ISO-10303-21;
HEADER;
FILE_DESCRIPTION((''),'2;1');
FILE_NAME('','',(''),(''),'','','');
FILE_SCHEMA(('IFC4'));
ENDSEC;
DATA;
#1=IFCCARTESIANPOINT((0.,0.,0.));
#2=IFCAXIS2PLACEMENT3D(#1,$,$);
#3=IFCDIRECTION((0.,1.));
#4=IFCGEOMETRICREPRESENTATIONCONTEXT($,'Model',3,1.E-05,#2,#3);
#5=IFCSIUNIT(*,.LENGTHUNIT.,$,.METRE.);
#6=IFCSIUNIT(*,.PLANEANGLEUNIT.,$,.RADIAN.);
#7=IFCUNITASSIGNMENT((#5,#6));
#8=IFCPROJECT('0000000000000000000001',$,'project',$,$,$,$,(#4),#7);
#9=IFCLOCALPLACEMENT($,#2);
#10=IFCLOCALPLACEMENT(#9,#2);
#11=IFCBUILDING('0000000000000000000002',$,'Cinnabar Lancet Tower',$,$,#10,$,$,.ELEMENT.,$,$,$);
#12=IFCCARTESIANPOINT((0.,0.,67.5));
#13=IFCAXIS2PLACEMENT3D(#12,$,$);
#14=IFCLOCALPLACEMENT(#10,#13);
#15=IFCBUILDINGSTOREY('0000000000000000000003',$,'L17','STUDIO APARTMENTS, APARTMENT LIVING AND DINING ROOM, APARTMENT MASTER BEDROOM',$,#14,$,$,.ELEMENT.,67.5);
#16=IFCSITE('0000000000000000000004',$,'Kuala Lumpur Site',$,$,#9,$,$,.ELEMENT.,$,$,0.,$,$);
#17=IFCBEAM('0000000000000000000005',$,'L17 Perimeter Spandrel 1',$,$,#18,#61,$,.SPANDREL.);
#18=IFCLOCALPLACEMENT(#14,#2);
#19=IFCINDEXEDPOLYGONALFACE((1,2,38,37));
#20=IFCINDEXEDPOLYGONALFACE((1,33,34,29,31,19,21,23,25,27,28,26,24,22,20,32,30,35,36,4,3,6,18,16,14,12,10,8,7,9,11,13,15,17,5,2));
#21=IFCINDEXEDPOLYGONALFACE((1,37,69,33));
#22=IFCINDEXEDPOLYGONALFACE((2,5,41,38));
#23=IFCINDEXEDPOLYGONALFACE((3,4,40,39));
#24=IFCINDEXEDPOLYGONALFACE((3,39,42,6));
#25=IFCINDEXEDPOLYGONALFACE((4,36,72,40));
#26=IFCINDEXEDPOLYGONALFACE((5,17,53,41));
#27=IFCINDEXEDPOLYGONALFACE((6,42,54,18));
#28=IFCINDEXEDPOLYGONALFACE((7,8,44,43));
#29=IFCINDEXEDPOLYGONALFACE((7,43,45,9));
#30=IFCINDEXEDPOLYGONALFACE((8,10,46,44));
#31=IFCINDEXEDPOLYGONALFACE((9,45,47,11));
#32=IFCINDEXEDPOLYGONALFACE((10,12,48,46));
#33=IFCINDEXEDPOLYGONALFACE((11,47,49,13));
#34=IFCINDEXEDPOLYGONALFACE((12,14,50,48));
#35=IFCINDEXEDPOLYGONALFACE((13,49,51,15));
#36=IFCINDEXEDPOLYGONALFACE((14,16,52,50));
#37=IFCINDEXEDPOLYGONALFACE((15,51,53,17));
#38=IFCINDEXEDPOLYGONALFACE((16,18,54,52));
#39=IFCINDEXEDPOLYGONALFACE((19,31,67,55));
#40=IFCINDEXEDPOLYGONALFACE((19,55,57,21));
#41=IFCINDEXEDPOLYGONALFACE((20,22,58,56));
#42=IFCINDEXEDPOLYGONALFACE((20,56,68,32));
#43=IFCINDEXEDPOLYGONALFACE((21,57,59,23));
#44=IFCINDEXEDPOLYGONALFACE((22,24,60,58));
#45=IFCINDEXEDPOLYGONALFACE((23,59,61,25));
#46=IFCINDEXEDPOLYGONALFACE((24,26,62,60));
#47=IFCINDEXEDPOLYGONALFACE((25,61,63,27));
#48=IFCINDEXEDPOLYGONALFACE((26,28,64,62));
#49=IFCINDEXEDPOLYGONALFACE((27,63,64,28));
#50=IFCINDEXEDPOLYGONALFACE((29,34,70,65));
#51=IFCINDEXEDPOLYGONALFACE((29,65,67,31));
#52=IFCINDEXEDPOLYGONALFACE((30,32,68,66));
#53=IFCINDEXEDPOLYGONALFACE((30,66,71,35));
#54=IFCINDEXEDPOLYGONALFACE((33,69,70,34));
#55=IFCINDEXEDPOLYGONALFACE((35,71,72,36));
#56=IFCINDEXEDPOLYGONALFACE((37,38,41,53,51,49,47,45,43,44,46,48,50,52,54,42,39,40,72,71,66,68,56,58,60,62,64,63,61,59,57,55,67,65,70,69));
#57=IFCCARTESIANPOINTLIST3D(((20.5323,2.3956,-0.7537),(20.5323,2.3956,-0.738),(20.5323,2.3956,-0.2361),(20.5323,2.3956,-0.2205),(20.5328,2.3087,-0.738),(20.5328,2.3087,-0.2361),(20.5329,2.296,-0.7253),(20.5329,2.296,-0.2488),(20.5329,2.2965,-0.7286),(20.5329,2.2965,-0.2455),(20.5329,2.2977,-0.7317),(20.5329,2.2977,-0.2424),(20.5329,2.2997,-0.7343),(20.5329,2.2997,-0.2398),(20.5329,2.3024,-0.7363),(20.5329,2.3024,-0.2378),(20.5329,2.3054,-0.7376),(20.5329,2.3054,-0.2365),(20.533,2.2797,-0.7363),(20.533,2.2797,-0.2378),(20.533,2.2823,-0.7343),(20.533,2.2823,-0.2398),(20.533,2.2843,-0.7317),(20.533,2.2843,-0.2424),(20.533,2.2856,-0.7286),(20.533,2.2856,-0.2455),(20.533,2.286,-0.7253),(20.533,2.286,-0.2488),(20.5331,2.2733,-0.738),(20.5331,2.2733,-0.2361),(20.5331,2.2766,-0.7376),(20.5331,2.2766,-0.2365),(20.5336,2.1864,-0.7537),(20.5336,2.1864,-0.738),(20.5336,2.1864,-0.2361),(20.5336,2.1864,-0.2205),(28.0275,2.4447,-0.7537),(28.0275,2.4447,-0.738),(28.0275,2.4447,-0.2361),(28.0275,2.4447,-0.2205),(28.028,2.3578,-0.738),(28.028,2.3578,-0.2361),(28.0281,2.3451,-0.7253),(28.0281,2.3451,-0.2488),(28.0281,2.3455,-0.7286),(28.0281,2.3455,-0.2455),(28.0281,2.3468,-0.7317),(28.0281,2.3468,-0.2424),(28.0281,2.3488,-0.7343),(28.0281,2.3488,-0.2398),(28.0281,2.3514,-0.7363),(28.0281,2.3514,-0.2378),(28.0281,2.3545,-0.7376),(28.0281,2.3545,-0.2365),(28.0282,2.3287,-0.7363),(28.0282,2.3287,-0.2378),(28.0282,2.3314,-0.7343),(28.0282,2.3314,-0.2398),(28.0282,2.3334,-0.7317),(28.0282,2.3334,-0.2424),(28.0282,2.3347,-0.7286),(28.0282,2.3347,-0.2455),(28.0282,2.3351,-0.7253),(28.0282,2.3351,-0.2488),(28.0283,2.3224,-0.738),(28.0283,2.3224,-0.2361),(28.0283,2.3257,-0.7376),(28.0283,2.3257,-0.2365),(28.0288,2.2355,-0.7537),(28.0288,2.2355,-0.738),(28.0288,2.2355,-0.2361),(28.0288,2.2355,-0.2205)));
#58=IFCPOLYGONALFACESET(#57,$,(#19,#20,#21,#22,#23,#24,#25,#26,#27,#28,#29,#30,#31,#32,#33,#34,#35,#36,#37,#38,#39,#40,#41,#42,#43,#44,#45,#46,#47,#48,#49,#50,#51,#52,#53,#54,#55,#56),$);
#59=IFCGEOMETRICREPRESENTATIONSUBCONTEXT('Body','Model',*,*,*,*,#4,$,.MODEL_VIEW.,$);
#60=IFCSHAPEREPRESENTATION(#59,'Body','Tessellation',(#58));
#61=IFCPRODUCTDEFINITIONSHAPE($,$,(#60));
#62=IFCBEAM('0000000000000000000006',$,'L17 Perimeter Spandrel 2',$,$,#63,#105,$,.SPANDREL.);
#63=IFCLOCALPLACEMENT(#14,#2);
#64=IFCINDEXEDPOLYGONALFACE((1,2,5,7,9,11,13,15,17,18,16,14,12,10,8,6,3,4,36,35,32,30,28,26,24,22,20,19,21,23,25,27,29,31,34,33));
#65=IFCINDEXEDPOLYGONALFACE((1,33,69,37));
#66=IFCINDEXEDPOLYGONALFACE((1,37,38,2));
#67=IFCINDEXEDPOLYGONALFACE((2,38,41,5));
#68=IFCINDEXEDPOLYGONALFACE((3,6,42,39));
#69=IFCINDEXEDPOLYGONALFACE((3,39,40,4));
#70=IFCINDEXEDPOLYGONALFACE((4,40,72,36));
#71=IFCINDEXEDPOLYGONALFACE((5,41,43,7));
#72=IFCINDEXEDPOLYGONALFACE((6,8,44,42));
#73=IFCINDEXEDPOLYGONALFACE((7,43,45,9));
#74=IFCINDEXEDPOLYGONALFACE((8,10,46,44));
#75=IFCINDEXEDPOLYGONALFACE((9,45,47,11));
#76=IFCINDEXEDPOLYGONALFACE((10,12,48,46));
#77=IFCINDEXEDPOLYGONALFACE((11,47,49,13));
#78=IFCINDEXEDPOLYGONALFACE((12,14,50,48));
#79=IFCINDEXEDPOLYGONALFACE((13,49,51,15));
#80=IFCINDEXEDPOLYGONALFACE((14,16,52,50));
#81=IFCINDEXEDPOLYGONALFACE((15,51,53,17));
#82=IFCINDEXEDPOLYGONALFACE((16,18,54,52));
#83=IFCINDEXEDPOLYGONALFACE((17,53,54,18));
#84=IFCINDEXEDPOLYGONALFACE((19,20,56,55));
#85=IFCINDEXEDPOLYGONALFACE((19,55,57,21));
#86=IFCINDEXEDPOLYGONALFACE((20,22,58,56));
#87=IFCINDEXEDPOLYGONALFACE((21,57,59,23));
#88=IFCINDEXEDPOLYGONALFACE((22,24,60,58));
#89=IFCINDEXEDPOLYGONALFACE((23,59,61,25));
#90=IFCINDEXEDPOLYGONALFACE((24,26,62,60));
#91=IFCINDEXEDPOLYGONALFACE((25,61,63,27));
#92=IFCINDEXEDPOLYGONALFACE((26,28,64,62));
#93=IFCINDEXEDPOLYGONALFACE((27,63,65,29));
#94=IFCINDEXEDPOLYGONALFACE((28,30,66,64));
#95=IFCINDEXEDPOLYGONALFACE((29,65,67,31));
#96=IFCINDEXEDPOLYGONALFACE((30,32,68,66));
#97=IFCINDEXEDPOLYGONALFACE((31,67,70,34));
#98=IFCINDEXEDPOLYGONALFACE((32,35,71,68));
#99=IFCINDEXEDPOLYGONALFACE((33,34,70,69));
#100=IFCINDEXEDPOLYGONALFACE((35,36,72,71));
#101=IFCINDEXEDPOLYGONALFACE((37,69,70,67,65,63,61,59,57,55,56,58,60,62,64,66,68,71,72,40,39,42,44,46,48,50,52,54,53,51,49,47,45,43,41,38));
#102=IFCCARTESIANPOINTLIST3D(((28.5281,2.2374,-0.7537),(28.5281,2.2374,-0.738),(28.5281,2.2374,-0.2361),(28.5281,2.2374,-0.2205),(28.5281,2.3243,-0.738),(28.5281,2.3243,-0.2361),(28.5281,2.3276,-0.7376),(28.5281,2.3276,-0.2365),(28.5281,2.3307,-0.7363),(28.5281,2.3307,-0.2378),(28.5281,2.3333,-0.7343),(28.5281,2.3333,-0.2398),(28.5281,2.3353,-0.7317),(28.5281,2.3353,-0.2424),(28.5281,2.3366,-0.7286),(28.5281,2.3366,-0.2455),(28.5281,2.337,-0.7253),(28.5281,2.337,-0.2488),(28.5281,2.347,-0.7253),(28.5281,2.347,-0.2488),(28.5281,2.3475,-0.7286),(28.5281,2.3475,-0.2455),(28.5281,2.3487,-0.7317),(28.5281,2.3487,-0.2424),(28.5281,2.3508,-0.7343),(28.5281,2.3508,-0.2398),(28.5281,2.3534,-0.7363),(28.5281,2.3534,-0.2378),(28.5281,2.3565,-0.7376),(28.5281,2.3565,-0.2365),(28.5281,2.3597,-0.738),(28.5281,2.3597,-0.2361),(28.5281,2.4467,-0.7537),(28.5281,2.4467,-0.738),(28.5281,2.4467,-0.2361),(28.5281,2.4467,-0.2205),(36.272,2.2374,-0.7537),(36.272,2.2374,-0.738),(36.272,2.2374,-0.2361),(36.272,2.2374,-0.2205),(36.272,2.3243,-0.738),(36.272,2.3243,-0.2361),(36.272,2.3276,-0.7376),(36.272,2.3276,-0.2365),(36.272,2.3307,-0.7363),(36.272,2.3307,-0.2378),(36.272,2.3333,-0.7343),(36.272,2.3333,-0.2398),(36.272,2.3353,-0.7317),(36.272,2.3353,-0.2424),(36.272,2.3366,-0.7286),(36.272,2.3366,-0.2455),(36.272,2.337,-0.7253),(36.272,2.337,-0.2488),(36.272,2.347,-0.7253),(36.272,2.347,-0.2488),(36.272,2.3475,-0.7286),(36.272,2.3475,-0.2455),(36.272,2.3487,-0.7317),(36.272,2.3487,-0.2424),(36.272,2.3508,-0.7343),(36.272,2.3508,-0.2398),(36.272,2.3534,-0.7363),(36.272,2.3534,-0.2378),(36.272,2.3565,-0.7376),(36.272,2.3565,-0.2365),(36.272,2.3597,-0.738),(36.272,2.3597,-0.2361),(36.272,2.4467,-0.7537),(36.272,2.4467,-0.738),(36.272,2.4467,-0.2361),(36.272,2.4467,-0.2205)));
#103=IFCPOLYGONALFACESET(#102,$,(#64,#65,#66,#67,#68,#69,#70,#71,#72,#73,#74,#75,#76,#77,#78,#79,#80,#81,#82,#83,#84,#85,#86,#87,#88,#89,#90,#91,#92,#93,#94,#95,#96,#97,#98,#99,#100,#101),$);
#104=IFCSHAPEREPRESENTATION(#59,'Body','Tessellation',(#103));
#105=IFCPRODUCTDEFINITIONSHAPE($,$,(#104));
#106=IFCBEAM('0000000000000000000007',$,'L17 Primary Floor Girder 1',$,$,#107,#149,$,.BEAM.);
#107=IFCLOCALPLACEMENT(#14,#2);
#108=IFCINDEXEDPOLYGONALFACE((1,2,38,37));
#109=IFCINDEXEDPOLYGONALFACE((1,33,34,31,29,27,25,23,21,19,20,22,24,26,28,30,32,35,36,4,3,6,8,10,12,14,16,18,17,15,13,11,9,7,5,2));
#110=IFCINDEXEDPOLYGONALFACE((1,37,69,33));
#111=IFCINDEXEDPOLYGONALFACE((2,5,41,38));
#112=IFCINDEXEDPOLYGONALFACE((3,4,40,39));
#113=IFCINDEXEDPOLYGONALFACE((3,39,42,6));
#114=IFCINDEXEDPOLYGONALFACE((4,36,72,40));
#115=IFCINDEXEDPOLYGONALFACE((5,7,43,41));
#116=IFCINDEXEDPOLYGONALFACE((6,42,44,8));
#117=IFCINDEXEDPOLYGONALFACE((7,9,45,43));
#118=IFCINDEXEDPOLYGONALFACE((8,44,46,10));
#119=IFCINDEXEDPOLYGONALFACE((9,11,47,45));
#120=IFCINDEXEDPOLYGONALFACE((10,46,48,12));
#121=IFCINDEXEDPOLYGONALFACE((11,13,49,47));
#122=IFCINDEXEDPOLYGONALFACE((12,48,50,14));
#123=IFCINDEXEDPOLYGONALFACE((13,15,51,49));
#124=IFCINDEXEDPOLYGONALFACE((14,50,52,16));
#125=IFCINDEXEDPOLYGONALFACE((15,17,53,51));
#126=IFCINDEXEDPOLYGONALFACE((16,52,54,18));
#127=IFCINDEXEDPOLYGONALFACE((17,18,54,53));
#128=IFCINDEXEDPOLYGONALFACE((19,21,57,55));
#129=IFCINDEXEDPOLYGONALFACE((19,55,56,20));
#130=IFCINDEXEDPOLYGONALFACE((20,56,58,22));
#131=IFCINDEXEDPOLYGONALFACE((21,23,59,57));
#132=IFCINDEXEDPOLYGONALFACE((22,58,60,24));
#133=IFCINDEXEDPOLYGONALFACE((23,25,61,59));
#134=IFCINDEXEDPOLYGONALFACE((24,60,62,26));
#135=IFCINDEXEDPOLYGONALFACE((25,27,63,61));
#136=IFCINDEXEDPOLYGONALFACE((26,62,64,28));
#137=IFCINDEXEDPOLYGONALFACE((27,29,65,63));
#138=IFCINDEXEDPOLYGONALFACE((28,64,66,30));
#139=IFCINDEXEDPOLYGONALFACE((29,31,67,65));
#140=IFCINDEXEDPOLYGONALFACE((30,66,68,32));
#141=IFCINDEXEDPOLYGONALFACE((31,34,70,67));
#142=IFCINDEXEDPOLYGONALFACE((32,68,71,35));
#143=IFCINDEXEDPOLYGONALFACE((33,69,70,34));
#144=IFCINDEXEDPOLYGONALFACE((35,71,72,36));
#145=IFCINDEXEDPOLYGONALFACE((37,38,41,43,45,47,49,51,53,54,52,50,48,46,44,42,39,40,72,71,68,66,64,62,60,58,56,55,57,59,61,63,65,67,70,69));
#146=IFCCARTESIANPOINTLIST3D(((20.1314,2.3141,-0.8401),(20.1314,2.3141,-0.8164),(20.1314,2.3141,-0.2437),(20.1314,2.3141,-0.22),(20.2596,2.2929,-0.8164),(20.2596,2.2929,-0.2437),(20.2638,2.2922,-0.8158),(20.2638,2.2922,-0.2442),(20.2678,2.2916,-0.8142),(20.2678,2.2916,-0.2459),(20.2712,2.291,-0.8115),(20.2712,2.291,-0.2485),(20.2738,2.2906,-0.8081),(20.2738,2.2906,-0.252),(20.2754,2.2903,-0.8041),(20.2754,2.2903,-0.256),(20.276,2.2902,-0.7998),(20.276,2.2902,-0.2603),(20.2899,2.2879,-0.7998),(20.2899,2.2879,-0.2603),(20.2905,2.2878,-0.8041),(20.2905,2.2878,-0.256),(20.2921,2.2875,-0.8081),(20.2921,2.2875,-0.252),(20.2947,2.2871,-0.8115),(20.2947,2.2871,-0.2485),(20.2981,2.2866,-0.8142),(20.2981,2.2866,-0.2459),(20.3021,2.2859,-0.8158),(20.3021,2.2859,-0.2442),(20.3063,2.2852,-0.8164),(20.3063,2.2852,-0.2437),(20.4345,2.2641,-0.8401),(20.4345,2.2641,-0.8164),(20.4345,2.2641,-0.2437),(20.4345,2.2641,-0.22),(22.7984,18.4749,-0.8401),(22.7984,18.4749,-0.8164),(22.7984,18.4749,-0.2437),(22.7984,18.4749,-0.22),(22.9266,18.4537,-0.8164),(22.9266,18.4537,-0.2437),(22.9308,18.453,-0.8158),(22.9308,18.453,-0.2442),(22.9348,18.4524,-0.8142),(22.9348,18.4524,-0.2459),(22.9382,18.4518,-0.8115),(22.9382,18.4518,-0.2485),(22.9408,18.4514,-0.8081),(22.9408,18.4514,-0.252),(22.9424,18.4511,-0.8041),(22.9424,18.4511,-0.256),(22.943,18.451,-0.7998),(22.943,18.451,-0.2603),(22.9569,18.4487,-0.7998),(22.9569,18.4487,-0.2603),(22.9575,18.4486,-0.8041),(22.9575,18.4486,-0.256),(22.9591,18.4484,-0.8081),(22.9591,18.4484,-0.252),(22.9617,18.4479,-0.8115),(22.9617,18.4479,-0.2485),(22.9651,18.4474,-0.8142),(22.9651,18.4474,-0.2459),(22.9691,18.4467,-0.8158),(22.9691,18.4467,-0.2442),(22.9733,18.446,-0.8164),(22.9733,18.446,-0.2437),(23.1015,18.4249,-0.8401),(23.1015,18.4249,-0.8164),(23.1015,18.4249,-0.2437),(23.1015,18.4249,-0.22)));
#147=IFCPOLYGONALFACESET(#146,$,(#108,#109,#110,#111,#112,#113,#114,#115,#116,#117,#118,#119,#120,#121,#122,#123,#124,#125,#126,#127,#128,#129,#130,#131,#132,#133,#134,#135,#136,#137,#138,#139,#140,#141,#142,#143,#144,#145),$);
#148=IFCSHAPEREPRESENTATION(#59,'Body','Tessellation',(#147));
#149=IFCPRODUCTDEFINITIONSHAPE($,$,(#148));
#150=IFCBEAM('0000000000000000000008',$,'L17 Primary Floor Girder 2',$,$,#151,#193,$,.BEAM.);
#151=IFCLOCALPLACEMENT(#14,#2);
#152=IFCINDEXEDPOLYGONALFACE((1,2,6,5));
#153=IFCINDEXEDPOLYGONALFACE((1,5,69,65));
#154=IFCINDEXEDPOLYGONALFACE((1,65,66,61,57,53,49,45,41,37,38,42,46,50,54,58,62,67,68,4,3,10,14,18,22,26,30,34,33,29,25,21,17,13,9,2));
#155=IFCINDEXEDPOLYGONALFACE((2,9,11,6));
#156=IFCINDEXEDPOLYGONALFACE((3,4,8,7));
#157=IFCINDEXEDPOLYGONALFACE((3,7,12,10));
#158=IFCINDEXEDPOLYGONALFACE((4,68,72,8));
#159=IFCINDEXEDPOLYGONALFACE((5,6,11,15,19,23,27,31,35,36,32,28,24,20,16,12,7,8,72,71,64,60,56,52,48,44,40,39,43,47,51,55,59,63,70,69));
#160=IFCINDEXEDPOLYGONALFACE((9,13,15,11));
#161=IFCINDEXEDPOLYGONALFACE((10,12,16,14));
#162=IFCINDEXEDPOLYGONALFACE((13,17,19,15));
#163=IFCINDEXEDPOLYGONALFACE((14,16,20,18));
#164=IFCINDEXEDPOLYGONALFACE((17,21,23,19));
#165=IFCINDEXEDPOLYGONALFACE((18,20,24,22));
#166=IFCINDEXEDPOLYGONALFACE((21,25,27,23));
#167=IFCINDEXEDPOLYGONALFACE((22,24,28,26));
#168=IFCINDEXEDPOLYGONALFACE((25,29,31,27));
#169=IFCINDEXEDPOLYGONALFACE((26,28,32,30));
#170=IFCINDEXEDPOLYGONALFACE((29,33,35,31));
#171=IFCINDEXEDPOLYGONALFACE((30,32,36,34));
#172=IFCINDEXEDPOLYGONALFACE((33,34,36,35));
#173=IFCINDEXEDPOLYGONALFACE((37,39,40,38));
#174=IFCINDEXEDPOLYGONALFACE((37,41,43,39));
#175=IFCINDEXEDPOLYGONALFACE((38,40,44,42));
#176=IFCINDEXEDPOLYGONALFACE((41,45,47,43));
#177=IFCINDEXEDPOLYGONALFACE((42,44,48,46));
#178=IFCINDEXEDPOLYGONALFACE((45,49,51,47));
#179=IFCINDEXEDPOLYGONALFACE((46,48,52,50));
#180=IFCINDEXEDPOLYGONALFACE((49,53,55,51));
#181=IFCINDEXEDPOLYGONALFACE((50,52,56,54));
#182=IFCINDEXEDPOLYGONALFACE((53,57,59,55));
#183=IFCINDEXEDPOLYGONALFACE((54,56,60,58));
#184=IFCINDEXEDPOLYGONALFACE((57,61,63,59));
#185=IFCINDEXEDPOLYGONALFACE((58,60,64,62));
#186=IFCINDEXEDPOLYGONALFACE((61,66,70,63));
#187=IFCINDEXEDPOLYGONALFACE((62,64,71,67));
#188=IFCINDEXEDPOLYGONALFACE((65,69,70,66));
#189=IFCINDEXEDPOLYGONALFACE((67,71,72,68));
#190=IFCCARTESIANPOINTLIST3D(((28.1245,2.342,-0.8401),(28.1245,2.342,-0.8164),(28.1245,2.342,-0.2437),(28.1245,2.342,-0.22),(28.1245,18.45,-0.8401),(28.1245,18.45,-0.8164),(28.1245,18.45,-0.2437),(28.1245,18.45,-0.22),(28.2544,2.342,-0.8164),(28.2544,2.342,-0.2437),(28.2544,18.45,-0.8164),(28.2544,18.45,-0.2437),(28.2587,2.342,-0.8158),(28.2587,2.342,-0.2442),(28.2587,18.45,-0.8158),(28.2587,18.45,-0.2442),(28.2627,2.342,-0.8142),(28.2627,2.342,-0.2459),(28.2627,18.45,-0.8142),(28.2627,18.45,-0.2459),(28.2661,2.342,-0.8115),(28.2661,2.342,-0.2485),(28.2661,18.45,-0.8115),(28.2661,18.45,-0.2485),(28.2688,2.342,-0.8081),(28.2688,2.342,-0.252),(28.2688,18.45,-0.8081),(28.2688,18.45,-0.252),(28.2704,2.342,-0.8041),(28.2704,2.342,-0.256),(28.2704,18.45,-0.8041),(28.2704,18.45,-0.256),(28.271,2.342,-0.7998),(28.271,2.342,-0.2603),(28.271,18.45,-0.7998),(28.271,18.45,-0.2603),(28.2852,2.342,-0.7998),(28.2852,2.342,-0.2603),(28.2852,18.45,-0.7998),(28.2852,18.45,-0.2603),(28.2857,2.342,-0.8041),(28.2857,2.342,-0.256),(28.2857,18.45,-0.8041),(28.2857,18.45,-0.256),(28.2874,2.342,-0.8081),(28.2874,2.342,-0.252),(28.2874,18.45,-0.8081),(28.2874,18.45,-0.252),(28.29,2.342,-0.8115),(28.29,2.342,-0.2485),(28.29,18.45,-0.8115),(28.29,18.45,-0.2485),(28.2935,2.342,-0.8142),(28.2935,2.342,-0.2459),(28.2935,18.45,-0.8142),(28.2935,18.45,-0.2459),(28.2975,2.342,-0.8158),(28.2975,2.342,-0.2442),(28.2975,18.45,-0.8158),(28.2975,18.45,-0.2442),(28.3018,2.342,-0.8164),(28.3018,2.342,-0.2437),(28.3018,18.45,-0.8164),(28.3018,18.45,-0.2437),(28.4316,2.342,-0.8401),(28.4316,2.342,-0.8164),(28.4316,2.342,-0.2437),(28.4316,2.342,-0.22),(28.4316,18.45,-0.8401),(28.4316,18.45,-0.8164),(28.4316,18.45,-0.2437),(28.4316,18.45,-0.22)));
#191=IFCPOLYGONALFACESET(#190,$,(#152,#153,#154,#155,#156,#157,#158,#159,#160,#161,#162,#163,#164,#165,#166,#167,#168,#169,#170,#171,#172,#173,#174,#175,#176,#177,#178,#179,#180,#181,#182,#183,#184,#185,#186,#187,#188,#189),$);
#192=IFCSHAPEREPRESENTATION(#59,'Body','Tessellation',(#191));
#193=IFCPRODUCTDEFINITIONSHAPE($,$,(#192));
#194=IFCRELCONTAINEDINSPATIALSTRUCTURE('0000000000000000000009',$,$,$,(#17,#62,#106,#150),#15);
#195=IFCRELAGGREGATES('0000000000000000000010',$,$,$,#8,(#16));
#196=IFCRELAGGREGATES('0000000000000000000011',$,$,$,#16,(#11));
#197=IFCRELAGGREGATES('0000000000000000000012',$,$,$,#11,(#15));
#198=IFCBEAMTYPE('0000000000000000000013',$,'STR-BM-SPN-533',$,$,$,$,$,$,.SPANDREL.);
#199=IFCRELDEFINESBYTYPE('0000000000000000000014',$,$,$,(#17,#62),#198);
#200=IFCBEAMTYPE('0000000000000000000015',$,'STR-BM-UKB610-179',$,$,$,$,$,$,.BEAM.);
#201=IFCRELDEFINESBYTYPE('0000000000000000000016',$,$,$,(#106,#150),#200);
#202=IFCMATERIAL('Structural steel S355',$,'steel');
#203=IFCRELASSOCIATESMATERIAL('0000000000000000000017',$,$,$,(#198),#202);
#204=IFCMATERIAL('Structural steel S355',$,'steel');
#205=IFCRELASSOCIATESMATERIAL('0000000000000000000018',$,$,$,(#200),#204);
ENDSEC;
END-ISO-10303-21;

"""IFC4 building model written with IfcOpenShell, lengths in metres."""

from ifc_helpers import new_model, si_unit, direction, frame, origin, origin_2d, place, context, subcontext, project, spatial, i_section, extrude, material, material_profile, profile_set, type_object, element, save


model = new_model("IFC4")

# Units and contexts
model_context = context("Model", 3, precision=1e-05, world=origin(), true_north=direction((0.0, 1.0)))
body_context = subcontext(model_context, "Body", "Model", "MODEL_VIEW")
ifc_project = project(units=[si_unit("LENGTHUNIT", "METRE"), si_unit("PLANEANGLEUNIT", "RADIAN")], contexts=[model_context])

# Site, building, storey
site_placement = place(None, origin())
site = spatial("IfcSite", under=ifc_project, at=site_placement, Name="Kuala Lumpur Site", CompositionType="ELEMENT", RefElevation=0.0)
building_placement = place(site_placement, origin())
building = spatial("IfcBuilding", under=site, at=building_placement, Name="Cinnabar Lancet Tower", CompositionType="ELEMENT")
storey_placement = place(building_placement, frame((0.0, 0.0, 67.5)))
storey = spatial("IfcBuildingStorey", under=building, at=storey_placement, Name="L17", Description="STUDIO APARTMENTS, APARTMENT LIVING AND DINING ROOM, APARTMENT MASTER BEDROOM", CompositionType="ELEMENT", Elevation=67.5)

# Beams
ifc_material_1 = material(Name="Structural steel S355", Category="steel")
ifc_material_profile_1 = material_profile(ifc_material_1, i_section(OverallWidth=0.2092, OverallDepth=0.5332, WebThickness=0.01, FlangeThickness=0.0156, FilletRadius=0.0127, at=origin_2d()), Name="UKB 533x210x92")
ifc_profile_set_1 = profile_set([ifc_material_profile_1], Name="Structural steel S355")
beam_type_1 = type_object("IfcBeamType", Name="STR-BM-SPN-533", PredefinedType="SPANDREL", material=ifc_profile_set_1)
beam_1_placement = place(storey_placement, frame((20.533, 2.291, -0.4871), z_axis=(0.999979, 0.006547, 0.0), x_axis=(-0.006547, 0.999979, 0.0)))
element("IfcBeam", 1, at=beam_1_placement, inside=storey, type_object=beam_type_1, Name="L17 Perimeter Spandrel 1", PredefinedType="SPANDREL", context=body_context, shape_type="SweptSolid", body=[
    extrude(i_section(OverallWidth=0.2092, OverallDepth=0.5332, WebThickness=0.01, FlangeThickness=0.0156, FilletRadius=0.0127, at=origin_2d()), origin(), (0.0, 0.0, 1.0), 7.4954),
])
beam_2_placement = place(storey_placement, frame((28.5281, 2.342, -0.4871), z_axis=(1.0, 0.0, 0.0), x_axis=(0.0, 1.0, 0.0)))
element("IfcBeam", 2, at=beam_2_placement, inside=storey, type_object=beam_type_1, Name="L17 Perimeter Spandrel 2", PredefinedType="SPANDREL", context=body_context, shape_type="SweptSolid", body=[
    extrude(i_section(OverallWidth=0.2092, OverallDepth=0.5332, WebThickness=0.01, FlangeThickness=0.0156, FilletRadius=0.0127, at=origin_2d()), origin(), (0.0, 0.0, 1.0), 7.7439),
])
ifc_material_2 = material(Name="Structural steel S355", Category="steel")
ifc_material_profile_2 = material_profile(ifc_material_2, i_section(OverallWidth=0.3071, OverallDepth=0.6201, WebThickness=0.0142, FlangeThickness=0.0237, FilletRadius=0.0166, at=origin_2d()), Name="UKB 610x305x179")
ifc_profile_set_2 = profile_set([ifc_material_profile_2], Name="Structural steel S355")
beam_type_2 = type_object("IfcBeamType", Name="STR-BM-UKB610-179", PredefinedType="BEAM", material=ifc_profile_set_2)
beam_3_placement = place(storey_placement, frame((20.283, 2.2891, -0.53), z_axis=(0.162825, 0.986655, 0.0), x_axis=(-0.986655, 0.162825, 0.0)))
element("IfcBeam", 3, at=beam_3_placement, inside=storey, type_object=beam_type_2, Name="L17 Primary Floor Girder 1", PredefinedType="BEAM", context=body_context, shape_type="SweptSolid", body=[
    extrude(i_section(OverallWidth=0.3071, OverallDepth=0.6201, WebThickness=0.0142, FlangeThickness=0.0237, FilletRadius=0.0166, at=origin_2d()), origin(), (0.0, 0.0, 1.0), 16.3794),
])
beam_4_placement = place(storey_placement, frame((28.2781, 2.342, -0.53), z_axis=(0.0, 1.0, 0.0), x_axis=(-1.0, 0.0, 0.0)))
element("IfcBeam", 4, at=beam_4_placement, inside=storey, type_object=beam_type_2, Name="L17 Primary Floor Girder 2", PredefinedType="BEAM", context=body_context, shape_type="SweptSolid", body=[
    extrude(i_section(OverallWidth=0.3071, OverallDepth=0.6201, WebThickness=0.0142, FlangeThickness=0.0237, FilletRadius=0.0166, at=origin_2d()), origin(), (0.0, 0.0, 1.0), 16.1079),
])

save(model, "model.ifc")
